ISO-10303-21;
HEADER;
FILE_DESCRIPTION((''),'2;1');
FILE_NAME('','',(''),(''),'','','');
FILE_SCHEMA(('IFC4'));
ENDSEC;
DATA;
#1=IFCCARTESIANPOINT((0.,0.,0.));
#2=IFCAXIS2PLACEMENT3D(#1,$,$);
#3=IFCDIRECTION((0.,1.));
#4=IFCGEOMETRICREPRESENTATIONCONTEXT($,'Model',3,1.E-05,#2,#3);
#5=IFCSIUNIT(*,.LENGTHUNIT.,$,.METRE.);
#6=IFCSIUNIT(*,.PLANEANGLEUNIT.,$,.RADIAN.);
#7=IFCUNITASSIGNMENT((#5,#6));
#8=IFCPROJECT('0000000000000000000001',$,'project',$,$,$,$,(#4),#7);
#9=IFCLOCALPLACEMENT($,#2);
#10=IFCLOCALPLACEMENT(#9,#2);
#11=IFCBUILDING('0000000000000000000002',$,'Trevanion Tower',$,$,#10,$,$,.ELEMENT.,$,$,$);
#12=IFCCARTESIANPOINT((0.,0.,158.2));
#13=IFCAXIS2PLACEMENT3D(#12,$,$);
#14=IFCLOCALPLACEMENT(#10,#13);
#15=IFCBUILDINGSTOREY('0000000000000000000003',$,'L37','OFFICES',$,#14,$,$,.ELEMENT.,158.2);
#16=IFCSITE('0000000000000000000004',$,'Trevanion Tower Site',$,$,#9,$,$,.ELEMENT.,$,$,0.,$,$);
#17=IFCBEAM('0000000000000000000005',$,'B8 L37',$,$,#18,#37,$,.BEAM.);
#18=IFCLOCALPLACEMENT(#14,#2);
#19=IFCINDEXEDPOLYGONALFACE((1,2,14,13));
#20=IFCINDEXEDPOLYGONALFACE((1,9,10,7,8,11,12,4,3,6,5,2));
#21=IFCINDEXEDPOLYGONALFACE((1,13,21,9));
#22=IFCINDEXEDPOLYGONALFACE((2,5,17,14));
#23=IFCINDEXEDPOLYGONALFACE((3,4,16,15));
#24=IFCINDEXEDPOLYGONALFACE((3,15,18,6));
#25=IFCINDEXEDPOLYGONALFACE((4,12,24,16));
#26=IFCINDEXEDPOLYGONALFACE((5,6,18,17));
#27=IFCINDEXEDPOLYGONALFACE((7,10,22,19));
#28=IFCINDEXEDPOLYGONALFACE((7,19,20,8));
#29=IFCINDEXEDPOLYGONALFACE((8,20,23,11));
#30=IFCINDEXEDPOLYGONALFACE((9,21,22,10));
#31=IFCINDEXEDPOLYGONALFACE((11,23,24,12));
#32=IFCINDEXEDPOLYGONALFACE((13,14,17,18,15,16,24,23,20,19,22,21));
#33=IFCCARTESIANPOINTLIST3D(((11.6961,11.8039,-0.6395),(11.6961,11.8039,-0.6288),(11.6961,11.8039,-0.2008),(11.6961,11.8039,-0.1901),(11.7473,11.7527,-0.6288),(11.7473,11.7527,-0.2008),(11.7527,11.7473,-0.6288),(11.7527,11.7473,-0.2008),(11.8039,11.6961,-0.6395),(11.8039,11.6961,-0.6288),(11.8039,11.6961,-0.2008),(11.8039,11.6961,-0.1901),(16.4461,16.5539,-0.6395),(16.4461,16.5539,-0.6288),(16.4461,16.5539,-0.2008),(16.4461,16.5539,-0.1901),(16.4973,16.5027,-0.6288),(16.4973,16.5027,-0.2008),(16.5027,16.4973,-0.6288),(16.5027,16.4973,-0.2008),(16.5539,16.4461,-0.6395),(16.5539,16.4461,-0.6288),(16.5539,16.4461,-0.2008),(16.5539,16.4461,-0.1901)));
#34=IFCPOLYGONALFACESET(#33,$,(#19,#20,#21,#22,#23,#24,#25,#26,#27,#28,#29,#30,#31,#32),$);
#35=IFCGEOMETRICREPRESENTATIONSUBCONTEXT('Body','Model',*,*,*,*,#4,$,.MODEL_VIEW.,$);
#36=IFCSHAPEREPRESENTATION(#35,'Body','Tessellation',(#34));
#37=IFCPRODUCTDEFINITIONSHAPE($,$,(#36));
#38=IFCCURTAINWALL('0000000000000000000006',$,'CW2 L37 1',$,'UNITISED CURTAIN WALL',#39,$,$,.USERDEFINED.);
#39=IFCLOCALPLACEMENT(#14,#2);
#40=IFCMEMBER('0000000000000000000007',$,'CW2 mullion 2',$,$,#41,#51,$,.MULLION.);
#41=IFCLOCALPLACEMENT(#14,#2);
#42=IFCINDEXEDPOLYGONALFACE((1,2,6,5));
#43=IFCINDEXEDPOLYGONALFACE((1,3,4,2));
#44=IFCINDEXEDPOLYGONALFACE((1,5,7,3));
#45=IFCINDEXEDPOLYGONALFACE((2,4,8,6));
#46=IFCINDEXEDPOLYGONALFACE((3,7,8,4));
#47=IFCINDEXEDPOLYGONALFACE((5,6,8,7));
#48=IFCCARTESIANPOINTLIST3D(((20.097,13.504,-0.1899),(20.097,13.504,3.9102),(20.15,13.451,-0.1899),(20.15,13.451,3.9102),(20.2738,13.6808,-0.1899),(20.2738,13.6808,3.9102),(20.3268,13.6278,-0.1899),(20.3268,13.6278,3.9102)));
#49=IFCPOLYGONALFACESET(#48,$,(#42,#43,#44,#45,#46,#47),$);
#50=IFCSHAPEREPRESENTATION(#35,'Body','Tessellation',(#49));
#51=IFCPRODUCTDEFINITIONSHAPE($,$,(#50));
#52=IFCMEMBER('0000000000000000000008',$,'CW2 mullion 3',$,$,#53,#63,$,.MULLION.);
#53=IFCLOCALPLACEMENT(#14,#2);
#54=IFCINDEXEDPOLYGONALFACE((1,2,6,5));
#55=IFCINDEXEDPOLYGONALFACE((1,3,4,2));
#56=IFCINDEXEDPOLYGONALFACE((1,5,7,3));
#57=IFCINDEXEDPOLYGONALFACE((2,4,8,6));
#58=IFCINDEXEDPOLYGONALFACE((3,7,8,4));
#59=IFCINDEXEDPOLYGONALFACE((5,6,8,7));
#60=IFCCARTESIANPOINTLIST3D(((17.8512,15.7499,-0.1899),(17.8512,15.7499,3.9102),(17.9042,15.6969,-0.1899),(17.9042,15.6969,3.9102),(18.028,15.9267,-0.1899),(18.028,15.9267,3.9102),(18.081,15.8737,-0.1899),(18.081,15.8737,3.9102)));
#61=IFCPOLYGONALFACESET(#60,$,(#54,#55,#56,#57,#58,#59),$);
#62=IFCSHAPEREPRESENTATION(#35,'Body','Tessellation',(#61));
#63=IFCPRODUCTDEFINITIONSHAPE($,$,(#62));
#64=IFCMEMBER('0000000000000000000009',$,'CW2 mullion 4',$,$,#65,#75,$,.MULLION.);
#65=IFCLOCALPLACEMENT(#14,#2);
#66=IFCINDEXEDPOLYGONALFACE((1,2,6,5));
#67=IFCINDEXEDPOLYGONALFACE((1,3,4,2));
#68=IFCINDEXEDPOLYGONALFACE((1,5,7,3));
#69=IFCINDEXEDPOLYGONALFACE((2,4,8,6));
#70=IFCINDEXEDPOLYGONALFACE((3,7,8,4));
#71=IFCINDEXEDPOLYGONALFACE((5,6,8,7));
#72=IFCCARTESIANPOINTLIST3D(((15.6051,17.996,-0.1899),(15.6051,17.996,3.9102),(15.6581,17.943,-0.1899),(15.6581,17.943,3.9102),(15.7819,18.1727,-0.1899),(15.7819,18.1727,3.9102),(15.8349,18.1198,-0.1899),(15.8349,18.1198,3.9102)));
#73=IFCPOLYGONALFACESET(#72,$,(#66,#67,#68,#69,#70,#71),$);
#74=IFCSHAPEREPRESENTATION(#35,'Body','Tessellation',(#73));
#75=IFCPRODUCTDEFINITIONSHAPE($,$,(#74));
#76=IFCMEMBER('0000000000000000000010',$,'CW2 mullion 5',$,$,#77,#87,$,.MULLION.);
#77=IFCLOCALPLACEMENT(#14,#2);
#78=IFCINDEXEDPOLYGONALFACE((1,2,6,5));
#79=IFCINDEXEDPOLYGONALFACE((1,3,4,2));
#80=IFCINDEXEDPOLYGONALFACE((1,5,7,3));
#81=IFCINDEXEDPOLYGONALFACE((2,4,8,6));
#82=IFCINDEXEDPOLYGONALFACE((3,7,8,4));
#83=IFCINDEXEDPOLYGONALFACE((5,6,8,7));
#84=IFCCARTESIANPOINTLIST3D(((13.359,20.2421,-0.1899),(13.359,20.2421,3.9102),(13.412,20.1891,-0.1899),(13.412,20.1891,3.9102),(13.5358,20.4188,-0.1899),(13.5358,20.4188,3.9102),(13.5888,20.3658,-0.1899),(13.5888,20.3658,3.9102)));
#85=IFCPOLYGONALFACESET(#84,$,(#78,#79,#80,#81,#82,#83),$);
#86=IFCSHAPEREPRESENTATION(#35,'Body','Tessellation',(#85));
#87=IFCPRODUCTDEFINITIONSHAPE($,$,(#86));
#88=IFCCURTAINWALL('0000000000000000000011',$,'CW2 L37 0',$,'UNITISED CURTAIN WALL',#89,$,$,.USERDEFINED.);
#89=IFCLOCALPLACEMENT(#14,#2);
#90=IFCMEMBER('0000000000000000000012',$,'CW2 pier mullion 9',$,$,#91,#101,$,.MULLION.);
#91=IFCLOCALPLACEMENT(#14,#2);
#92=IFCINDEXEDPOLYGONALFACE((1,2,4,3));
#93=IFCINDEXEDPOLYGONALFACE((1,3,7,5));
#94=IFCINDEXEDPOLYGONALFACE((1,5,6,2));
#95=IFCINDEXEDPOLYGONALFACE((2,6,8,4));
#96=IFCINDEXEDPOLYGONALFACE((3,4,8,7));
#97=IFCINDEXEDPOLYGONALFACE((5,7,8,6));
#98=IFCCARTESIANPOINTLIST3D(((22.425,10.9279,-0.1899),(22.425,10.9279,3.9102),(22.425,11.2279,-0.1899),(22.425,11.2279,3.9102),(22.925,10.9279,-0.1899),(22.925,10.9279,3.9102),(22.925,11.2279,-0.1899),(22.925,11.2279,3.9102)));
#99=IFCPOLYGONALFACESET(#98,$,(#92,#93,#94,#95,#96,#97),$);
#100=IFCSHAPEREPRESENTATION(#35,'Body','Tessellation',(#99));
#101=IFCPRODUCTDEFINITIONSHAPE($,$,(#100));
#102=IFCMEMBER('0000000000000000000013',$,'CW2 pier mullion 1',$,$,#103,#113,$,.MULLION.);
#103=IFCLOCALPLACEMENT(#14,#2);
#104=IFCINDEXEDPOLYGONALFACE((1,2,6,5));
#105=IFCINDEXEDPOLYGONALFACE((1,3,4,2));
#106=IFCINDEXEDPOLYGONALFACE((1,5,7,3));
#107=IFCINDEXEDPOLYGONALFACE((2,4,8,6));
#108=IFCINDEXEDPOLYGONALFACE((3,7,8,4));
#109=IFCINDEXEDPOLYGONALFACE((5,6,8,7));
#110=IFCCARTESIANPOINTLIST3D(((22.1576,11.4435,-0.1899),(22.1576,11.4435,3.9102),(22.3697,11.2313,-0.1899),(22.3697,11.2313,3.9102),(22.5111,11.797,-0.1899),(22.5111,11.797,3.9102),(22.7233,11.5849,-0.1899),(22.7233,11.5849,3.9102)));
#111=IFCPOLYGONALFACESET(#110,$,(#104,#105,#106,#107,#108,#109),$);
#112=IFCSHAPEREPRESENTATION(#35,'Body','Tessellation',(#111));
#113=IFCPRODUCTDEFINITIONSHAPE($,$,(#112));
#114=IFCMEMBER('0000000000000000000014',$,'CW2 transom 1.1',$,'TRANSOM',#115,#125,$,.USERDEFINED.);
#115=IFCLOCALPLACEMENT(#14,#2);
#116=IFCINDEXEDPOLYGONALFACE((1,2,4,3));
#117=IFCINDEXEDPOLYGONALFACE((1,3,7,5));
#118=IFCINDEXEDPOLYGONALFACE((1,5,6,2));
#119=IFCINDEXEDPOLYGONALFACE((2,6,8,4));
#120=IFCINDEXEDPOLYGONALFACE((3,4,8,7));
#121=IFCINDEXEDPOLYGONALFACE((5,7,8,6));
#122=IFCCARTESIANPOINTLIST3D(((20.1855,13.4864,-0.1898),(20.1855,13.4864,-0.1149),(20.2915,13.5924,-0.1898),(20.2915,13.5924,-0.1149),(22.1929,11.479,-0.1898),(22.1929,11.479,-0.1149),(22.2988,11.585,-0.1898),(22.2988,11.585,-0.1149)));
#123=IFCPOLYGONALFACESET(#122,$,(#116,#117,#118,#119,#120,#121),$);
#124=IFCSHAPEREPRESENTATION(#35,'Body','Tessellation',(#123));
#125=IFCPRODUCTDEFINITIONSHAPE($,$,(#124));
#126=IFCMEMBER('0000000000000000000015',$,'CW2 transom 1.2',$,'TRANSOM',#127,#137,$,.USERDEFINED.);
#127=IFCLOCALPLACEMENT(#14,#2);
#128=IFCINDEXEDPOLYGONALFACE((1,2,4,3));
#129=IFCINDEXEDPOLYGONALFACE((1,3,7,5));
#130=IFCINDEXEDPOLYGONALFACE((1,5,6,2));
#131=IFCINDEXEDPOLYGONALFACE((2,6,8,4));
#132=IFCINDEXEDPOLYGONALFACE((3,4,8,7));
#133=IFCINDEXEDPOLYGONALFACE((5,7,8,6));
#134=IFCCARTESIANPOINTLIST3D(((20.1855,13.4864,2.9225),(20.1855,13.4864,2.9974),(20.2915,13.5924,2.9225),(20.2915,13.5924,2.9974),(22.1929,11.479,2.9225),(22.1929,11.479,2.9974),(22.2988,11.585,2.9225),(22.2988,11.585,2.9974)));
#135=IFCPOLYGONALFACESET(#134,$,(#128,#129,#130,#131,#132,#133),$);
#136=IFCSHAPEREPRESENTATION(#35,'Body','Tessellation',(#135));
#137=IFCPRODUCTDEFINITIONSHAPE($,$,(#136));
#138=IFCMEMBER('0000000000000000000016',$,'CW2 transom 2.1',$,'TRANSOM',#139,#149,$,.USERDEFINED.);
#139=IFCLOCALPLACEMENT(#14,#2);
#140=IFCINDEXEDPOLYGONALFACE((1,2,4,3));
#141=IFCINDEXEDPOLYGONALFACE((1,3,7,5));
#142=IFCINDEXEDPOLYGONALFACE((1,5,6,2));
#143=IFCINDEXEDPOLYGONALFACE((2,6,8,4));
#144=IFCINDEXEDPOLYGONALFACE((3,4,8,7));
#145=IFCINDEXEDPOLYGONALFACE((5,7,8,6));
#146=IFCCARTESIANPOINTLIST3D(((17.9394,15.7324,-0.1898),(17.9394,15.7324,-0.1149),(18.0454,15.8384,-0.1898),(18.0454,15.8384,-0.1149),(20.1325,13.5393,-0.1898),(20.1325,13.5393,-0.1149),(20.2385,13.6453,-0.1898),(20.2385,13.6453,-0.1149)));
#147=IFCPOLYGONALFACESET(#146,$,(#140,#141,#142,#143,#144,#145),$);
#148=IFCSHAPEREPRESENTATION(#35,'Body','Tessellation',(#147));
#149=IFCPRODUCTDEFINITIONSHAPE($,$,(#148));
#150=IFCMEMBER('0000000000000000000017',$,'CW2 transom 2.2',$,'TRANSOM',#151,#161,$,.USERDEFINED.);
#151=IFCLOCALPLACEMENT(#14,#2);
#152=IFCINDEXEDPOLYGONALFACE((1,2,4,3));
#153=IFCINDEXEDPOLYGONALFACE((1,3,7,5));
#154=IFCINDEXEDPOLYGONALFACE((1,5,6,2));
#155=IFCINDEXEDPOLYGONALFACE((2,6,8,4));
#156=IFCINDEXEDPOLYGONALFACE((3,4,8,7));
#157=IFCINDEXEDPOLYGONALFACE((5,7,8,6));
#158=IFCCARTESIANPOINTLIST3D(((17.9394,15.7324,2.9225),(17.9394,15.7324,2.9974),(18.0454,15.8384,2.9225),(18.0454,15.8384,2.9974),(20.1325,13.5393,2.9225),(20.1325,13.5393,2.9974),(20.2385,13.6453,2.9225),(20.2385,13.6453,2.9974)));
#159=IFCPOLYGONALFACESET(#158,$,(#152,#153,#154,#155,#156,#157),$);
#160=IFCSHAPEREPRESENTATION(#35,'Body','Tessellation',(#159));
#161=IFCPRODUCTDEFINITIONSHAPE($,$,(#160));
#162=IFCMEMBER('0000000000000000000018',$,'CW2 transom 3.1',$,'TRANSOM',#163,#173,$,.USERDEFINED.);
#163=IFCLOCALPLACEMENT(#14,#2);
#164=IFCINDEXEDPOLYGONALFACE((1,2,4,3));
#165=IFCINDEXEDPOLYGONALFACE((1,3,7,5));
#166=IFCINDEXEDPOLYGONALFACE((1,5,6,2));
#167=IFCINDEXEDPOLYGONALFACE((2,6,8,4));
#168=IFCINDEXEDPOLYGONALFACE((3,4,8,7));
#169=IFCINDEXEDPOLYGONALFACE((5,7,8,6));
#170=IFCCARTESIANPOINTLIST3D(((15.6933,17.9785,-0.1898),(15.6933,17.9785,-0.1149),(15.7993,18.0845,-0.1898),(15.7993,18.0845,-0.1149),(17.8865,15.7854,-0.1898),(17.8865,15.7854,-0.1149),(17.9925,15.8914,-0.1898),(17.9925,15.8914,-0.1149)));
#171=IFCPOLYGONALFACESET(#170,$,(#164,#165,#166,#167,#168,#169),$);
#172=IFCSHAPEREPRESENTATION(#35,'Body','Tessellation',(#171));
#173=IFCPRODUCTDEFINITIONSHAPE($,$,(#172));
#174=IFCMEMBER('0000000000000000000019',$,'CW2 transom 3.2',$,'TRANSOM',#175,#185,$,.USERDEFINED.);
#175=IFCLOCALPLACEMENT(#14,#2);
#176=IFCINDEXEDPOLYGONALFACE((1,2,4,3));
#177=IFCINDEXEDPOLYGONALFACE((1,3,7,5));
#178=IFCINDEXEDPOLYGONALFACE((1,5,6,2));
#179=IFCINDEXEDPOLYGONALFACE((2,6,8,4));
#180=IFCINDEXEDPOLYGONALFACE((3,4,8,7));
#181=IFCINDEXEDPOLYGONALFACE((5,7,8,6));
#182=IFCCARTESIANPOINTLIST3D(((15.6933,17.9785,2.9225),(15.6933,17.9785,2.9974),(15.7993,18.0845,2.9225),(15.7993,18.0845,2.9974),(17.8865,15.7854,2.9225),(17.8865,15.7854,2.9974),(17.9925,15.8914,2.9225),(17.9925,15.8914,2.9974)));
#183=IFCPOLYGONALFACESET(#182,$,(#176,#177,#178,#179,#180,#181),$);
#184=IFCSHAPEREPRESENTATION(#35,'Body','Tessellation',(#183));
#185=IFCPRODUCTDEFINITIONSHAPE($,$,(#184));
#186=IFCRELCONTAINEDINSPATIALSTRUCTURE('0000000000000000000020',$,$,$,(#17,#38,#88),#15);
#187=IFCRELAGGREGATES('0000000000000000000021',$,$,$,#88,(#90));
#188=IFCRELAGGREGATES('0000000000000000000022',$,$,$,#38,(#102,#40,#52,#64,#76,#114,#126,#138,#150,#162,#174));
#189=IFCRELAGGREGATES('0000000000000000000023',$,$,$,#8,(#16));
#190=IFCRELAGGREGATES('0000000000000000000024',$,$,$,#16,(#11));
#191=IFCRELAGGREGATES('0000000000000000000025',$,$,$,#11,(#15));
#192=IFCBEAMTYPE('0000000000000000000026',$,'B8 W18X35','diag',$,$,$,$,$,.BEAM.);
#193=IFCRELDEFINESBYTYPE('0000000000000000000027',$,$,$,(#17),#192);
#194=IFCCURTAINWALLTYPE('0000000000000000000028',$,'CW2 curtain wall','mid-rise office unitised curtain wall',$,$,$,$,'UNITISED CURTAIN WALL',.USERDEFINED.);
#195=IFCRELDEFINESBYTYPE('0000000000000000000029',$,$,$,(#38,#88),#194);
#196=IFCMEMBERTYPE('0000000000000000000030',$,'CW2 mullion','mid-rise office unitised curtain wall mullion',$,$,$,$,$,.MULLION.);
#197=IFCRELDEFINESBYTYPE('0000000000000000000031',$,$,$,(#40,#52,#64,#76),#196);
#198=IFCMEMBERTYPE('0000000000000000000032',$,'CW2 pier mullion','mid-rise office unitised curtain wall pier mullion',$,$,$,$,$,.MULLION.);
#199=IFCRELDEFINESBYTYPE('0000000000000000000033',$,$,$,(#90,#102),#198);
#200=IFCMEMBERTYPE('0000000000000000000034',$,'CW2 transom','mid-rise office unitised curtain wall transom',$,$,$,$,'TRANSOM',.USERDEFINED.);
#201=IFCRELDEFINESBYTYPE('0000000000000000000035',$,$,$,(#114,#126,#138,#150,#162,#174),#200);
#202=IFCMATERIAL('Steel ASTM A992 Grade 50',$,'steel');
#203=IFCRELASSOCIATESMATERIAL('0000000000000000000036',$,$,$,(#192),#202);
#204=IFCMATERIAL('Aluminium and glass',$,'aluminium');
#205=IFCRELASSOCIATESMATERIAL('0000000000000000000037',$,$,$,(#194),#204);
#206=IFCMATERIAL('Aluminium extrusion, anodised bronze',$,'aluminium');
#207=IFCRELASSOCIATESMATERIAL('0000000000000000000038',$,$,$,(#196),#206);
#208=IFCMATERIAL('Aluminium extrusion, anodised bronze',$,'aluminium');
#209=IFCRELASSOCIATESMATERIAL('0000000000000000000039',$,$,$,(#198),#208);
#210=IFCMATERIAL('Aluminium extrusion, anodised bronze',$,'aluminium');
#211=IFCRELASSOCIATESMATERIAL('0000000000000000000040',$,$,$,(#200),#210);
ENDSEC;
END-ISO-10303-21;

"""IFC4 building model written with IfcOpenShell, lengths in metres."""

from ifc_helpers import new_model, si_unit, direction, frame, origin, origin_2d, place, context, subcontext, project, spatial, rectangle, i_section, extrude, material, material_profile, profile_set, type_object, element, aggregate, save


model = new_model("IFC4")

# Units and contexts
model_context = context("Model", 3, precision=1e-05, world=origin(), true_north=direction((0.0, 1.0)))
body_context = subcontext(model_context, "Body", "Model", "MODEL_VIEW")
ifc_project = project(units=[si_unit("LENGTHUNIT", "METRE"), si_unit("PLANEANGLEUNIT", "RADIAN")], contexts=[model_context])

# Site, building, storey
site_placement = place(None, origin())
site = spatial("IfcSite", under=ifc_project, at=site_placement, Name="Trevanion Tower Site", CompositionType="ELEMENT", RefElevation=0.0)
building_placement = place(site_placement, origin())
building = spatial("IfcBuilding", under=site, at=building_placement, Name="Trevanion Tower", CompositionType="ELEMENT")
storey_placement = place(building_placement, frame((0.0, 0.0, 158.2)))
storey = spatial("IfcBuildingStorey", under=building, at=storey_placement, Name="L37", Description="OFFICES", CompositionType="ELEMENT", Elevation=158.2)

# Beam
ifc_material_1 = material(Name="Steel ASTM A992 Grade 50", Category="steel")
ifc_material_profile_1 = material_profile(ifc_material_1, i_section(OverallWidth=0.1523, OverallDepth=0.4495, WebThickness=0.0076, FlangeThickness=0.0107, at=origin_2d()), Name="W18X35")
ifc_profile_set_1 = profile_set([ifc_material_profile_1], Name="Steel ASTM A992 Grade 50")
beam_type = type_object("IfcBeamType", Name="B8 W18X35", Description="diag", PredefinedType="BEAM", material=ifc_profile_set_1)
beam_placement = place(storey_placement, frame((11.75, 11.75, -0.4148), z_axis=(0.707107, 0.707107, 0.0), x_axis=(-0.707107, 0.707107, 0.0)))
element("IfcBeam", 1, at=beam_placement, inside=storey, type_object=beam_type, Name="B8 L37", PredefinedType="BEAM", context=body_context, shape_type="SweptSolid", body=[
    extrude(i_section(OverallWidth=0.1523, OverallDepth=0.4495, WebThickness=0.0076, FlangeThickness=0.0107, at=origin_2d()), origin(), (0.0, 0.0, 1.0), 6.7175),
])

# Curtain wall, members
ifc_material_2 = material(Name="Aluminium and glass", Category="aluminium")
curtain_wall_type = type_object("IfcCurtainWallType", Name="CW2 curtain wall", Description="mid-rise office unitised curtain wall", ElementType="UNITISED CURTAIN WALL", PredefinedType="USERDEFINED", material=ifc_material_2)
curtain_wall_1_placement = place(storey_placement, origin())
curtain_wall_1 = element("IfcCurtainWall", 2, at=curtain_wall_1_placement, inside=storey, type_object=curtain_wall_type, Name="CW2 L37 1", ObjectType="UNITISED CURTAIN WALL", PredefinedType="USERDEFINED")
ifc_material_3 = material(Name="Aluminium extrusion, anodised bronze", Category="aluminium")
ifc_material_profile_2 = material_profile(ifc_material_3, rectangle(XDim=0.075, YDim=0.25, at=origin_2d()), Name="CW2 mullion")
ifc_profile_set_2 = profile_set([ifc_material_profile_2], Name="Aluminium extrusion, anodised bronze")
member_type_1 = type_object("IfcMemberType", Name="CW2 mullion", Description="mid-rise office unitised curtain wall mullion", PredefinedType="MULLION", material=ifc_profile_set_2)
member_1_placement = place(storey_placement, frame((20.2119, 13.5659, -0.1899), z_axis=(0.0, 0.0, 1.0), x_axis=(-0.707107, 0.707107, 0.0)))
member_1 = element("IfcMember", 3, at=member_1_placement, type_object=member_type_1, Name="CW2 mullion 2", PredefinedType="MULLION", context=body_context, shape_type="SweptSolid", body=[
    extrude(rectangle(XDim=0.075, YDim=0.25, at=origin_2d()), origin(), (0.0, 0.0, 1.0), 4.1001),
])
member_2_placement = place(storey_placement, frame((17.9661, 15.8118, -0.1899), z_axis=(0.0, 0.0, 1.0), x_axis=(-0.707107, 0.707107, 0.0)))
member_2 = element("IfcMember", 4, at=member_2_placement, type_object=member_type_1, Name="CW2 mullion 3", PredefinedType="MULLION", context=body_context, shape_type="SweptSolid", body=[
    extrude(rectangle(XDim=0.075, YDim=0.25, at=origin_2d()), origin(), (0.0, 0.0, 1.0), 4.1001),
])
member_3_placement = place(storey_placement, frame((15.72, 18.0579, -0.1899), z_axis=(0.0, 0.0, 1.0), x_axis=(-0.707107, 0.707107, 0.0)))
member_3 = element("IfcMember", 5, at=member_3_placement, type_object=member_type_1, Name="CW2 mullion 4", PredefinedType="MULLION", context=body_context, shape_type="SweptSolid", body=[
    extrude(rectangle(XDim=0.075, YDim=0.25, at=origin_2d()), origin(), (0.0, 0.0, 1.0), 4.1001),
])
member_4_placement = place(storey_placement, frame((13.4739, 20.304, -0.1899), z_axis=(0.0, 0.0, 1.0), x_axis=(-0.707107, 0.707107, 0.0)))
member_4 = element("IfcMember", 6, at=member_4_placement, type_object=member_type_1, Name="CW2 mullion 5", PredefinedType="MULLION", context=body_context, shape_type="SweptSolid", body=[
    extrude(rectangle(XDim=0.075, YDim=0.25, at=origin_2d()), origin(), (0.0, 0.0, 1.0), 4.1001),
])

# Curtain wall, member
curtain_wall_2_placement = place(storey_placement, origin())
curtain_wall_2 = element("IfcCurtainWall", 7, at=curtain_wall_2_placement, inside=storey, type_object=curtain_wall_type, Name="CW2 L37 0", ObjectType="UNITISED CURTAIN WALL", PredefinedType="USERDEFINED")
ifc_material_4 = material(Name="Aluminium extrusion, anodised bronze", Category="aluminium")
ifc_material_profile_3 = material_profile(ifc_material_4, rectangle(XDim=0.3, YDim=0.5, at=origin_2d()), Name="CW2 pier mullion")
ifc_profile_set_3 = profile_set([ifc_material_profile_3], Name="Aluminium extrusion, anodised bronze")
member_type_2 = type_object("IfcMemberType", Name="CW2 pier mullion", Description="mid-rise office unitised curtain wall pier mullion", PredefinedType="MULLION", material=ifc_profile_set_3)
member_5_placement = place(storey_placement, frame((22.675, 11.0779, -0.1899), z_axis=(0.0, 0.0, 1.0), x_axis=(0.0, 1.0, 0.0)))
member_5 = element("IfcMember", 8, at=member_5_placement, type_object=member_type_2, Name="CW2 pier mullion 9", PredefinedType="MULLION", context=body_context, shape_type="SweptSolid", body=[
    extrude(rectangle(XDim=0.3, YDim=0.5, at=origin_2d()), origin(), (0.0, 0.0, 1.0), 4.1001),
])
aggregate(curtain_wall_2, [member_5])

# Members
member_6_placement = place(storey_placement, frame((22.4404, 11.5142, -0.1899), z_axis=(0.0, 0.0, 1.0), x_axis=(-0.707107, 0.707107, 0.0)))
member_6 = element("IfcMember", 9, at=member_6_placement, type_object=member_type_2, Name="CW2 pier mullion 1", PredefinedType="MULLION", context=body_context, shape_type="SweptSolid", body=[
    extrude(rectangle(XDim=0.3, YDim=0.5, at=origin_2d()), origin(), (0.0, 0.0, 1.0), 4.1001),
])
ifc_material_5 = material(Name="Aluminium extrusion, anodised bronze", Category="aluminium")
ifc_material_profile_4 = material_profile(ifc_material_5, rectangle(XDim=0.1499, YDim=0.075, at=origin_2d()), Name="CW2 transom")
ifc_profile_set_4 = profile_set([ifc_material_profile_4], Name="Aluminium extrusion, anodised bronze")
member_type_3 = type_object("IfcMemberType", Name="CW2 transom", Description="mid-rise office unitised curtain wall transom", ElementType="TRANSOM", PredefinedType="USERDEFINED", material=ifc_profile_set_4)
member_7_placement = place(storey_placement, frame((22.2458, 11.532, -0.1523), z_axis=(-0.707107, 0.707107, 0.0), x_axis=(-0.707107, -0.707107, 0.0)))
member_7 = element("IfcMember", 10, at=member_7_placement, type_object=member_type_3, Name="CW2 transom 1.1", ObjectType="TRANSOM", PredefinedType="USERDEFINED", context=body_context, shape_type="SweptSolid", body=[
    extrude(rectangle(XDim=0.1499, YDim=0.075, at=origin_2d()), origin(), (0.0, 0.0, 1.0), 2.8389),
])
member_8_placement = place(storey_placement, frame((22.2458, 11.532, 2.96), z_axis=(-0.707107, 0.707107, 0.0), x_axis=(-0.707107, -0.707107, 0.0)))
member_8 = element("IfcMember", 11, at=member_8_placement, type_object=member_type_3, Name="CW2 transom 1.2", ObjectType="TRANSOM", PredefinedType="USERDEFINED", context=body_context, shape_type="SweptSolid", body=[
    extrude(rectangle(XDim=0.1499, YDim=0.075, at=origin_2d()), origin(), (0.0, 0.0, 1.0), 2.8389),
])
member_9_placement = place(storey_placement, frame((20.1855, 13.5923, -0.1523), z_axis=(-0.707107, 0.707107, 0.0), x_axis=(-0.707107, -0.707107, 0.0)))
member_9 = element("IfcMember", 12, at=member_9_placement, type_object=member_type_3, Name="CW2 transom 2.1", ObjectType="TRANSOM", PredefinedType="USERDEFINED", context=body_context, shape_type="SweptSolid", body=[
    extrude(rectangle(XDim=0.1499, YDim=0.075, at=origin_2d()), origin(), (0.0, 0.0, 1.0), 3.1016),
])
member_10_placement = place(storey_placement, frame((20.1855, 13.5923, 2.96), z_axis=(-0.707107, 0.707107, 0.0), x_axis=(-0.707107, -0.707107, 0.0)))
member_10 = element("IfcMember", 13, at=member_10_placement, type_object=member_type_3, Name="CW2 transom 2.2", ObjectType="TRANSOM", PredefinedType="USERDEFINED", context=body_context, shape_type="SweptSolid", body=[
    extrude(rectangle(XDim=0.1499, YDim=0.075, at=origin_2d()), origin(), (0.0, 0.0, 1.0), 3.1016),
])
member_11_placement = place(storey_placement, frame((17.9395, 15.8384, -0.1523), z_axis=(-0.707107, 0.707107, 0.0), x_axis=(-0.707107, -0.707107, 0.0)))
member_11 = element("IfcMember", 14, at=member_11_placement, type_object=member_type_3, Name="CW2 transom 3.1", ObjectType="TRANSOM", PredefinedType="USERDEFINED", context=body_context, shape_type="SweptSolid", body=[
    extrude(rectangle(XDim=0.1499, YDim=0.075, at=origin_2d()), origin(), (0.0, 0.0, 1.0), 3.1016),
])
member_12_placement = place(storey_placement, frame((17.9395, 15.8384, 2.96), z_axis=(-0.707107, 0.707107, 0.0), x_axis=(-0.707107, -0.707107, 0.0)))
member_12 = element("IfcMember", 15, at=member_12_placement, type_object=member_type_3, Name="CW2 transom 3.2", ObjectType="TRANSOM", PredefinedType="USERDEFINED", context=body_context, shape_type="SweptSolid", body=[
    extrude(rectangle(XDim=0.1499, YDim=0.075, at=origin_2d()), origin(), (0.0, 0.0, 1.0), 3.1016),
])

aggregate(curtain_wall_1, [member_6, member_1, member_2, member_3, member_4, member_7, member_8, member_9, member_10, member_11, member_12])

save(model, "model.ifc")
